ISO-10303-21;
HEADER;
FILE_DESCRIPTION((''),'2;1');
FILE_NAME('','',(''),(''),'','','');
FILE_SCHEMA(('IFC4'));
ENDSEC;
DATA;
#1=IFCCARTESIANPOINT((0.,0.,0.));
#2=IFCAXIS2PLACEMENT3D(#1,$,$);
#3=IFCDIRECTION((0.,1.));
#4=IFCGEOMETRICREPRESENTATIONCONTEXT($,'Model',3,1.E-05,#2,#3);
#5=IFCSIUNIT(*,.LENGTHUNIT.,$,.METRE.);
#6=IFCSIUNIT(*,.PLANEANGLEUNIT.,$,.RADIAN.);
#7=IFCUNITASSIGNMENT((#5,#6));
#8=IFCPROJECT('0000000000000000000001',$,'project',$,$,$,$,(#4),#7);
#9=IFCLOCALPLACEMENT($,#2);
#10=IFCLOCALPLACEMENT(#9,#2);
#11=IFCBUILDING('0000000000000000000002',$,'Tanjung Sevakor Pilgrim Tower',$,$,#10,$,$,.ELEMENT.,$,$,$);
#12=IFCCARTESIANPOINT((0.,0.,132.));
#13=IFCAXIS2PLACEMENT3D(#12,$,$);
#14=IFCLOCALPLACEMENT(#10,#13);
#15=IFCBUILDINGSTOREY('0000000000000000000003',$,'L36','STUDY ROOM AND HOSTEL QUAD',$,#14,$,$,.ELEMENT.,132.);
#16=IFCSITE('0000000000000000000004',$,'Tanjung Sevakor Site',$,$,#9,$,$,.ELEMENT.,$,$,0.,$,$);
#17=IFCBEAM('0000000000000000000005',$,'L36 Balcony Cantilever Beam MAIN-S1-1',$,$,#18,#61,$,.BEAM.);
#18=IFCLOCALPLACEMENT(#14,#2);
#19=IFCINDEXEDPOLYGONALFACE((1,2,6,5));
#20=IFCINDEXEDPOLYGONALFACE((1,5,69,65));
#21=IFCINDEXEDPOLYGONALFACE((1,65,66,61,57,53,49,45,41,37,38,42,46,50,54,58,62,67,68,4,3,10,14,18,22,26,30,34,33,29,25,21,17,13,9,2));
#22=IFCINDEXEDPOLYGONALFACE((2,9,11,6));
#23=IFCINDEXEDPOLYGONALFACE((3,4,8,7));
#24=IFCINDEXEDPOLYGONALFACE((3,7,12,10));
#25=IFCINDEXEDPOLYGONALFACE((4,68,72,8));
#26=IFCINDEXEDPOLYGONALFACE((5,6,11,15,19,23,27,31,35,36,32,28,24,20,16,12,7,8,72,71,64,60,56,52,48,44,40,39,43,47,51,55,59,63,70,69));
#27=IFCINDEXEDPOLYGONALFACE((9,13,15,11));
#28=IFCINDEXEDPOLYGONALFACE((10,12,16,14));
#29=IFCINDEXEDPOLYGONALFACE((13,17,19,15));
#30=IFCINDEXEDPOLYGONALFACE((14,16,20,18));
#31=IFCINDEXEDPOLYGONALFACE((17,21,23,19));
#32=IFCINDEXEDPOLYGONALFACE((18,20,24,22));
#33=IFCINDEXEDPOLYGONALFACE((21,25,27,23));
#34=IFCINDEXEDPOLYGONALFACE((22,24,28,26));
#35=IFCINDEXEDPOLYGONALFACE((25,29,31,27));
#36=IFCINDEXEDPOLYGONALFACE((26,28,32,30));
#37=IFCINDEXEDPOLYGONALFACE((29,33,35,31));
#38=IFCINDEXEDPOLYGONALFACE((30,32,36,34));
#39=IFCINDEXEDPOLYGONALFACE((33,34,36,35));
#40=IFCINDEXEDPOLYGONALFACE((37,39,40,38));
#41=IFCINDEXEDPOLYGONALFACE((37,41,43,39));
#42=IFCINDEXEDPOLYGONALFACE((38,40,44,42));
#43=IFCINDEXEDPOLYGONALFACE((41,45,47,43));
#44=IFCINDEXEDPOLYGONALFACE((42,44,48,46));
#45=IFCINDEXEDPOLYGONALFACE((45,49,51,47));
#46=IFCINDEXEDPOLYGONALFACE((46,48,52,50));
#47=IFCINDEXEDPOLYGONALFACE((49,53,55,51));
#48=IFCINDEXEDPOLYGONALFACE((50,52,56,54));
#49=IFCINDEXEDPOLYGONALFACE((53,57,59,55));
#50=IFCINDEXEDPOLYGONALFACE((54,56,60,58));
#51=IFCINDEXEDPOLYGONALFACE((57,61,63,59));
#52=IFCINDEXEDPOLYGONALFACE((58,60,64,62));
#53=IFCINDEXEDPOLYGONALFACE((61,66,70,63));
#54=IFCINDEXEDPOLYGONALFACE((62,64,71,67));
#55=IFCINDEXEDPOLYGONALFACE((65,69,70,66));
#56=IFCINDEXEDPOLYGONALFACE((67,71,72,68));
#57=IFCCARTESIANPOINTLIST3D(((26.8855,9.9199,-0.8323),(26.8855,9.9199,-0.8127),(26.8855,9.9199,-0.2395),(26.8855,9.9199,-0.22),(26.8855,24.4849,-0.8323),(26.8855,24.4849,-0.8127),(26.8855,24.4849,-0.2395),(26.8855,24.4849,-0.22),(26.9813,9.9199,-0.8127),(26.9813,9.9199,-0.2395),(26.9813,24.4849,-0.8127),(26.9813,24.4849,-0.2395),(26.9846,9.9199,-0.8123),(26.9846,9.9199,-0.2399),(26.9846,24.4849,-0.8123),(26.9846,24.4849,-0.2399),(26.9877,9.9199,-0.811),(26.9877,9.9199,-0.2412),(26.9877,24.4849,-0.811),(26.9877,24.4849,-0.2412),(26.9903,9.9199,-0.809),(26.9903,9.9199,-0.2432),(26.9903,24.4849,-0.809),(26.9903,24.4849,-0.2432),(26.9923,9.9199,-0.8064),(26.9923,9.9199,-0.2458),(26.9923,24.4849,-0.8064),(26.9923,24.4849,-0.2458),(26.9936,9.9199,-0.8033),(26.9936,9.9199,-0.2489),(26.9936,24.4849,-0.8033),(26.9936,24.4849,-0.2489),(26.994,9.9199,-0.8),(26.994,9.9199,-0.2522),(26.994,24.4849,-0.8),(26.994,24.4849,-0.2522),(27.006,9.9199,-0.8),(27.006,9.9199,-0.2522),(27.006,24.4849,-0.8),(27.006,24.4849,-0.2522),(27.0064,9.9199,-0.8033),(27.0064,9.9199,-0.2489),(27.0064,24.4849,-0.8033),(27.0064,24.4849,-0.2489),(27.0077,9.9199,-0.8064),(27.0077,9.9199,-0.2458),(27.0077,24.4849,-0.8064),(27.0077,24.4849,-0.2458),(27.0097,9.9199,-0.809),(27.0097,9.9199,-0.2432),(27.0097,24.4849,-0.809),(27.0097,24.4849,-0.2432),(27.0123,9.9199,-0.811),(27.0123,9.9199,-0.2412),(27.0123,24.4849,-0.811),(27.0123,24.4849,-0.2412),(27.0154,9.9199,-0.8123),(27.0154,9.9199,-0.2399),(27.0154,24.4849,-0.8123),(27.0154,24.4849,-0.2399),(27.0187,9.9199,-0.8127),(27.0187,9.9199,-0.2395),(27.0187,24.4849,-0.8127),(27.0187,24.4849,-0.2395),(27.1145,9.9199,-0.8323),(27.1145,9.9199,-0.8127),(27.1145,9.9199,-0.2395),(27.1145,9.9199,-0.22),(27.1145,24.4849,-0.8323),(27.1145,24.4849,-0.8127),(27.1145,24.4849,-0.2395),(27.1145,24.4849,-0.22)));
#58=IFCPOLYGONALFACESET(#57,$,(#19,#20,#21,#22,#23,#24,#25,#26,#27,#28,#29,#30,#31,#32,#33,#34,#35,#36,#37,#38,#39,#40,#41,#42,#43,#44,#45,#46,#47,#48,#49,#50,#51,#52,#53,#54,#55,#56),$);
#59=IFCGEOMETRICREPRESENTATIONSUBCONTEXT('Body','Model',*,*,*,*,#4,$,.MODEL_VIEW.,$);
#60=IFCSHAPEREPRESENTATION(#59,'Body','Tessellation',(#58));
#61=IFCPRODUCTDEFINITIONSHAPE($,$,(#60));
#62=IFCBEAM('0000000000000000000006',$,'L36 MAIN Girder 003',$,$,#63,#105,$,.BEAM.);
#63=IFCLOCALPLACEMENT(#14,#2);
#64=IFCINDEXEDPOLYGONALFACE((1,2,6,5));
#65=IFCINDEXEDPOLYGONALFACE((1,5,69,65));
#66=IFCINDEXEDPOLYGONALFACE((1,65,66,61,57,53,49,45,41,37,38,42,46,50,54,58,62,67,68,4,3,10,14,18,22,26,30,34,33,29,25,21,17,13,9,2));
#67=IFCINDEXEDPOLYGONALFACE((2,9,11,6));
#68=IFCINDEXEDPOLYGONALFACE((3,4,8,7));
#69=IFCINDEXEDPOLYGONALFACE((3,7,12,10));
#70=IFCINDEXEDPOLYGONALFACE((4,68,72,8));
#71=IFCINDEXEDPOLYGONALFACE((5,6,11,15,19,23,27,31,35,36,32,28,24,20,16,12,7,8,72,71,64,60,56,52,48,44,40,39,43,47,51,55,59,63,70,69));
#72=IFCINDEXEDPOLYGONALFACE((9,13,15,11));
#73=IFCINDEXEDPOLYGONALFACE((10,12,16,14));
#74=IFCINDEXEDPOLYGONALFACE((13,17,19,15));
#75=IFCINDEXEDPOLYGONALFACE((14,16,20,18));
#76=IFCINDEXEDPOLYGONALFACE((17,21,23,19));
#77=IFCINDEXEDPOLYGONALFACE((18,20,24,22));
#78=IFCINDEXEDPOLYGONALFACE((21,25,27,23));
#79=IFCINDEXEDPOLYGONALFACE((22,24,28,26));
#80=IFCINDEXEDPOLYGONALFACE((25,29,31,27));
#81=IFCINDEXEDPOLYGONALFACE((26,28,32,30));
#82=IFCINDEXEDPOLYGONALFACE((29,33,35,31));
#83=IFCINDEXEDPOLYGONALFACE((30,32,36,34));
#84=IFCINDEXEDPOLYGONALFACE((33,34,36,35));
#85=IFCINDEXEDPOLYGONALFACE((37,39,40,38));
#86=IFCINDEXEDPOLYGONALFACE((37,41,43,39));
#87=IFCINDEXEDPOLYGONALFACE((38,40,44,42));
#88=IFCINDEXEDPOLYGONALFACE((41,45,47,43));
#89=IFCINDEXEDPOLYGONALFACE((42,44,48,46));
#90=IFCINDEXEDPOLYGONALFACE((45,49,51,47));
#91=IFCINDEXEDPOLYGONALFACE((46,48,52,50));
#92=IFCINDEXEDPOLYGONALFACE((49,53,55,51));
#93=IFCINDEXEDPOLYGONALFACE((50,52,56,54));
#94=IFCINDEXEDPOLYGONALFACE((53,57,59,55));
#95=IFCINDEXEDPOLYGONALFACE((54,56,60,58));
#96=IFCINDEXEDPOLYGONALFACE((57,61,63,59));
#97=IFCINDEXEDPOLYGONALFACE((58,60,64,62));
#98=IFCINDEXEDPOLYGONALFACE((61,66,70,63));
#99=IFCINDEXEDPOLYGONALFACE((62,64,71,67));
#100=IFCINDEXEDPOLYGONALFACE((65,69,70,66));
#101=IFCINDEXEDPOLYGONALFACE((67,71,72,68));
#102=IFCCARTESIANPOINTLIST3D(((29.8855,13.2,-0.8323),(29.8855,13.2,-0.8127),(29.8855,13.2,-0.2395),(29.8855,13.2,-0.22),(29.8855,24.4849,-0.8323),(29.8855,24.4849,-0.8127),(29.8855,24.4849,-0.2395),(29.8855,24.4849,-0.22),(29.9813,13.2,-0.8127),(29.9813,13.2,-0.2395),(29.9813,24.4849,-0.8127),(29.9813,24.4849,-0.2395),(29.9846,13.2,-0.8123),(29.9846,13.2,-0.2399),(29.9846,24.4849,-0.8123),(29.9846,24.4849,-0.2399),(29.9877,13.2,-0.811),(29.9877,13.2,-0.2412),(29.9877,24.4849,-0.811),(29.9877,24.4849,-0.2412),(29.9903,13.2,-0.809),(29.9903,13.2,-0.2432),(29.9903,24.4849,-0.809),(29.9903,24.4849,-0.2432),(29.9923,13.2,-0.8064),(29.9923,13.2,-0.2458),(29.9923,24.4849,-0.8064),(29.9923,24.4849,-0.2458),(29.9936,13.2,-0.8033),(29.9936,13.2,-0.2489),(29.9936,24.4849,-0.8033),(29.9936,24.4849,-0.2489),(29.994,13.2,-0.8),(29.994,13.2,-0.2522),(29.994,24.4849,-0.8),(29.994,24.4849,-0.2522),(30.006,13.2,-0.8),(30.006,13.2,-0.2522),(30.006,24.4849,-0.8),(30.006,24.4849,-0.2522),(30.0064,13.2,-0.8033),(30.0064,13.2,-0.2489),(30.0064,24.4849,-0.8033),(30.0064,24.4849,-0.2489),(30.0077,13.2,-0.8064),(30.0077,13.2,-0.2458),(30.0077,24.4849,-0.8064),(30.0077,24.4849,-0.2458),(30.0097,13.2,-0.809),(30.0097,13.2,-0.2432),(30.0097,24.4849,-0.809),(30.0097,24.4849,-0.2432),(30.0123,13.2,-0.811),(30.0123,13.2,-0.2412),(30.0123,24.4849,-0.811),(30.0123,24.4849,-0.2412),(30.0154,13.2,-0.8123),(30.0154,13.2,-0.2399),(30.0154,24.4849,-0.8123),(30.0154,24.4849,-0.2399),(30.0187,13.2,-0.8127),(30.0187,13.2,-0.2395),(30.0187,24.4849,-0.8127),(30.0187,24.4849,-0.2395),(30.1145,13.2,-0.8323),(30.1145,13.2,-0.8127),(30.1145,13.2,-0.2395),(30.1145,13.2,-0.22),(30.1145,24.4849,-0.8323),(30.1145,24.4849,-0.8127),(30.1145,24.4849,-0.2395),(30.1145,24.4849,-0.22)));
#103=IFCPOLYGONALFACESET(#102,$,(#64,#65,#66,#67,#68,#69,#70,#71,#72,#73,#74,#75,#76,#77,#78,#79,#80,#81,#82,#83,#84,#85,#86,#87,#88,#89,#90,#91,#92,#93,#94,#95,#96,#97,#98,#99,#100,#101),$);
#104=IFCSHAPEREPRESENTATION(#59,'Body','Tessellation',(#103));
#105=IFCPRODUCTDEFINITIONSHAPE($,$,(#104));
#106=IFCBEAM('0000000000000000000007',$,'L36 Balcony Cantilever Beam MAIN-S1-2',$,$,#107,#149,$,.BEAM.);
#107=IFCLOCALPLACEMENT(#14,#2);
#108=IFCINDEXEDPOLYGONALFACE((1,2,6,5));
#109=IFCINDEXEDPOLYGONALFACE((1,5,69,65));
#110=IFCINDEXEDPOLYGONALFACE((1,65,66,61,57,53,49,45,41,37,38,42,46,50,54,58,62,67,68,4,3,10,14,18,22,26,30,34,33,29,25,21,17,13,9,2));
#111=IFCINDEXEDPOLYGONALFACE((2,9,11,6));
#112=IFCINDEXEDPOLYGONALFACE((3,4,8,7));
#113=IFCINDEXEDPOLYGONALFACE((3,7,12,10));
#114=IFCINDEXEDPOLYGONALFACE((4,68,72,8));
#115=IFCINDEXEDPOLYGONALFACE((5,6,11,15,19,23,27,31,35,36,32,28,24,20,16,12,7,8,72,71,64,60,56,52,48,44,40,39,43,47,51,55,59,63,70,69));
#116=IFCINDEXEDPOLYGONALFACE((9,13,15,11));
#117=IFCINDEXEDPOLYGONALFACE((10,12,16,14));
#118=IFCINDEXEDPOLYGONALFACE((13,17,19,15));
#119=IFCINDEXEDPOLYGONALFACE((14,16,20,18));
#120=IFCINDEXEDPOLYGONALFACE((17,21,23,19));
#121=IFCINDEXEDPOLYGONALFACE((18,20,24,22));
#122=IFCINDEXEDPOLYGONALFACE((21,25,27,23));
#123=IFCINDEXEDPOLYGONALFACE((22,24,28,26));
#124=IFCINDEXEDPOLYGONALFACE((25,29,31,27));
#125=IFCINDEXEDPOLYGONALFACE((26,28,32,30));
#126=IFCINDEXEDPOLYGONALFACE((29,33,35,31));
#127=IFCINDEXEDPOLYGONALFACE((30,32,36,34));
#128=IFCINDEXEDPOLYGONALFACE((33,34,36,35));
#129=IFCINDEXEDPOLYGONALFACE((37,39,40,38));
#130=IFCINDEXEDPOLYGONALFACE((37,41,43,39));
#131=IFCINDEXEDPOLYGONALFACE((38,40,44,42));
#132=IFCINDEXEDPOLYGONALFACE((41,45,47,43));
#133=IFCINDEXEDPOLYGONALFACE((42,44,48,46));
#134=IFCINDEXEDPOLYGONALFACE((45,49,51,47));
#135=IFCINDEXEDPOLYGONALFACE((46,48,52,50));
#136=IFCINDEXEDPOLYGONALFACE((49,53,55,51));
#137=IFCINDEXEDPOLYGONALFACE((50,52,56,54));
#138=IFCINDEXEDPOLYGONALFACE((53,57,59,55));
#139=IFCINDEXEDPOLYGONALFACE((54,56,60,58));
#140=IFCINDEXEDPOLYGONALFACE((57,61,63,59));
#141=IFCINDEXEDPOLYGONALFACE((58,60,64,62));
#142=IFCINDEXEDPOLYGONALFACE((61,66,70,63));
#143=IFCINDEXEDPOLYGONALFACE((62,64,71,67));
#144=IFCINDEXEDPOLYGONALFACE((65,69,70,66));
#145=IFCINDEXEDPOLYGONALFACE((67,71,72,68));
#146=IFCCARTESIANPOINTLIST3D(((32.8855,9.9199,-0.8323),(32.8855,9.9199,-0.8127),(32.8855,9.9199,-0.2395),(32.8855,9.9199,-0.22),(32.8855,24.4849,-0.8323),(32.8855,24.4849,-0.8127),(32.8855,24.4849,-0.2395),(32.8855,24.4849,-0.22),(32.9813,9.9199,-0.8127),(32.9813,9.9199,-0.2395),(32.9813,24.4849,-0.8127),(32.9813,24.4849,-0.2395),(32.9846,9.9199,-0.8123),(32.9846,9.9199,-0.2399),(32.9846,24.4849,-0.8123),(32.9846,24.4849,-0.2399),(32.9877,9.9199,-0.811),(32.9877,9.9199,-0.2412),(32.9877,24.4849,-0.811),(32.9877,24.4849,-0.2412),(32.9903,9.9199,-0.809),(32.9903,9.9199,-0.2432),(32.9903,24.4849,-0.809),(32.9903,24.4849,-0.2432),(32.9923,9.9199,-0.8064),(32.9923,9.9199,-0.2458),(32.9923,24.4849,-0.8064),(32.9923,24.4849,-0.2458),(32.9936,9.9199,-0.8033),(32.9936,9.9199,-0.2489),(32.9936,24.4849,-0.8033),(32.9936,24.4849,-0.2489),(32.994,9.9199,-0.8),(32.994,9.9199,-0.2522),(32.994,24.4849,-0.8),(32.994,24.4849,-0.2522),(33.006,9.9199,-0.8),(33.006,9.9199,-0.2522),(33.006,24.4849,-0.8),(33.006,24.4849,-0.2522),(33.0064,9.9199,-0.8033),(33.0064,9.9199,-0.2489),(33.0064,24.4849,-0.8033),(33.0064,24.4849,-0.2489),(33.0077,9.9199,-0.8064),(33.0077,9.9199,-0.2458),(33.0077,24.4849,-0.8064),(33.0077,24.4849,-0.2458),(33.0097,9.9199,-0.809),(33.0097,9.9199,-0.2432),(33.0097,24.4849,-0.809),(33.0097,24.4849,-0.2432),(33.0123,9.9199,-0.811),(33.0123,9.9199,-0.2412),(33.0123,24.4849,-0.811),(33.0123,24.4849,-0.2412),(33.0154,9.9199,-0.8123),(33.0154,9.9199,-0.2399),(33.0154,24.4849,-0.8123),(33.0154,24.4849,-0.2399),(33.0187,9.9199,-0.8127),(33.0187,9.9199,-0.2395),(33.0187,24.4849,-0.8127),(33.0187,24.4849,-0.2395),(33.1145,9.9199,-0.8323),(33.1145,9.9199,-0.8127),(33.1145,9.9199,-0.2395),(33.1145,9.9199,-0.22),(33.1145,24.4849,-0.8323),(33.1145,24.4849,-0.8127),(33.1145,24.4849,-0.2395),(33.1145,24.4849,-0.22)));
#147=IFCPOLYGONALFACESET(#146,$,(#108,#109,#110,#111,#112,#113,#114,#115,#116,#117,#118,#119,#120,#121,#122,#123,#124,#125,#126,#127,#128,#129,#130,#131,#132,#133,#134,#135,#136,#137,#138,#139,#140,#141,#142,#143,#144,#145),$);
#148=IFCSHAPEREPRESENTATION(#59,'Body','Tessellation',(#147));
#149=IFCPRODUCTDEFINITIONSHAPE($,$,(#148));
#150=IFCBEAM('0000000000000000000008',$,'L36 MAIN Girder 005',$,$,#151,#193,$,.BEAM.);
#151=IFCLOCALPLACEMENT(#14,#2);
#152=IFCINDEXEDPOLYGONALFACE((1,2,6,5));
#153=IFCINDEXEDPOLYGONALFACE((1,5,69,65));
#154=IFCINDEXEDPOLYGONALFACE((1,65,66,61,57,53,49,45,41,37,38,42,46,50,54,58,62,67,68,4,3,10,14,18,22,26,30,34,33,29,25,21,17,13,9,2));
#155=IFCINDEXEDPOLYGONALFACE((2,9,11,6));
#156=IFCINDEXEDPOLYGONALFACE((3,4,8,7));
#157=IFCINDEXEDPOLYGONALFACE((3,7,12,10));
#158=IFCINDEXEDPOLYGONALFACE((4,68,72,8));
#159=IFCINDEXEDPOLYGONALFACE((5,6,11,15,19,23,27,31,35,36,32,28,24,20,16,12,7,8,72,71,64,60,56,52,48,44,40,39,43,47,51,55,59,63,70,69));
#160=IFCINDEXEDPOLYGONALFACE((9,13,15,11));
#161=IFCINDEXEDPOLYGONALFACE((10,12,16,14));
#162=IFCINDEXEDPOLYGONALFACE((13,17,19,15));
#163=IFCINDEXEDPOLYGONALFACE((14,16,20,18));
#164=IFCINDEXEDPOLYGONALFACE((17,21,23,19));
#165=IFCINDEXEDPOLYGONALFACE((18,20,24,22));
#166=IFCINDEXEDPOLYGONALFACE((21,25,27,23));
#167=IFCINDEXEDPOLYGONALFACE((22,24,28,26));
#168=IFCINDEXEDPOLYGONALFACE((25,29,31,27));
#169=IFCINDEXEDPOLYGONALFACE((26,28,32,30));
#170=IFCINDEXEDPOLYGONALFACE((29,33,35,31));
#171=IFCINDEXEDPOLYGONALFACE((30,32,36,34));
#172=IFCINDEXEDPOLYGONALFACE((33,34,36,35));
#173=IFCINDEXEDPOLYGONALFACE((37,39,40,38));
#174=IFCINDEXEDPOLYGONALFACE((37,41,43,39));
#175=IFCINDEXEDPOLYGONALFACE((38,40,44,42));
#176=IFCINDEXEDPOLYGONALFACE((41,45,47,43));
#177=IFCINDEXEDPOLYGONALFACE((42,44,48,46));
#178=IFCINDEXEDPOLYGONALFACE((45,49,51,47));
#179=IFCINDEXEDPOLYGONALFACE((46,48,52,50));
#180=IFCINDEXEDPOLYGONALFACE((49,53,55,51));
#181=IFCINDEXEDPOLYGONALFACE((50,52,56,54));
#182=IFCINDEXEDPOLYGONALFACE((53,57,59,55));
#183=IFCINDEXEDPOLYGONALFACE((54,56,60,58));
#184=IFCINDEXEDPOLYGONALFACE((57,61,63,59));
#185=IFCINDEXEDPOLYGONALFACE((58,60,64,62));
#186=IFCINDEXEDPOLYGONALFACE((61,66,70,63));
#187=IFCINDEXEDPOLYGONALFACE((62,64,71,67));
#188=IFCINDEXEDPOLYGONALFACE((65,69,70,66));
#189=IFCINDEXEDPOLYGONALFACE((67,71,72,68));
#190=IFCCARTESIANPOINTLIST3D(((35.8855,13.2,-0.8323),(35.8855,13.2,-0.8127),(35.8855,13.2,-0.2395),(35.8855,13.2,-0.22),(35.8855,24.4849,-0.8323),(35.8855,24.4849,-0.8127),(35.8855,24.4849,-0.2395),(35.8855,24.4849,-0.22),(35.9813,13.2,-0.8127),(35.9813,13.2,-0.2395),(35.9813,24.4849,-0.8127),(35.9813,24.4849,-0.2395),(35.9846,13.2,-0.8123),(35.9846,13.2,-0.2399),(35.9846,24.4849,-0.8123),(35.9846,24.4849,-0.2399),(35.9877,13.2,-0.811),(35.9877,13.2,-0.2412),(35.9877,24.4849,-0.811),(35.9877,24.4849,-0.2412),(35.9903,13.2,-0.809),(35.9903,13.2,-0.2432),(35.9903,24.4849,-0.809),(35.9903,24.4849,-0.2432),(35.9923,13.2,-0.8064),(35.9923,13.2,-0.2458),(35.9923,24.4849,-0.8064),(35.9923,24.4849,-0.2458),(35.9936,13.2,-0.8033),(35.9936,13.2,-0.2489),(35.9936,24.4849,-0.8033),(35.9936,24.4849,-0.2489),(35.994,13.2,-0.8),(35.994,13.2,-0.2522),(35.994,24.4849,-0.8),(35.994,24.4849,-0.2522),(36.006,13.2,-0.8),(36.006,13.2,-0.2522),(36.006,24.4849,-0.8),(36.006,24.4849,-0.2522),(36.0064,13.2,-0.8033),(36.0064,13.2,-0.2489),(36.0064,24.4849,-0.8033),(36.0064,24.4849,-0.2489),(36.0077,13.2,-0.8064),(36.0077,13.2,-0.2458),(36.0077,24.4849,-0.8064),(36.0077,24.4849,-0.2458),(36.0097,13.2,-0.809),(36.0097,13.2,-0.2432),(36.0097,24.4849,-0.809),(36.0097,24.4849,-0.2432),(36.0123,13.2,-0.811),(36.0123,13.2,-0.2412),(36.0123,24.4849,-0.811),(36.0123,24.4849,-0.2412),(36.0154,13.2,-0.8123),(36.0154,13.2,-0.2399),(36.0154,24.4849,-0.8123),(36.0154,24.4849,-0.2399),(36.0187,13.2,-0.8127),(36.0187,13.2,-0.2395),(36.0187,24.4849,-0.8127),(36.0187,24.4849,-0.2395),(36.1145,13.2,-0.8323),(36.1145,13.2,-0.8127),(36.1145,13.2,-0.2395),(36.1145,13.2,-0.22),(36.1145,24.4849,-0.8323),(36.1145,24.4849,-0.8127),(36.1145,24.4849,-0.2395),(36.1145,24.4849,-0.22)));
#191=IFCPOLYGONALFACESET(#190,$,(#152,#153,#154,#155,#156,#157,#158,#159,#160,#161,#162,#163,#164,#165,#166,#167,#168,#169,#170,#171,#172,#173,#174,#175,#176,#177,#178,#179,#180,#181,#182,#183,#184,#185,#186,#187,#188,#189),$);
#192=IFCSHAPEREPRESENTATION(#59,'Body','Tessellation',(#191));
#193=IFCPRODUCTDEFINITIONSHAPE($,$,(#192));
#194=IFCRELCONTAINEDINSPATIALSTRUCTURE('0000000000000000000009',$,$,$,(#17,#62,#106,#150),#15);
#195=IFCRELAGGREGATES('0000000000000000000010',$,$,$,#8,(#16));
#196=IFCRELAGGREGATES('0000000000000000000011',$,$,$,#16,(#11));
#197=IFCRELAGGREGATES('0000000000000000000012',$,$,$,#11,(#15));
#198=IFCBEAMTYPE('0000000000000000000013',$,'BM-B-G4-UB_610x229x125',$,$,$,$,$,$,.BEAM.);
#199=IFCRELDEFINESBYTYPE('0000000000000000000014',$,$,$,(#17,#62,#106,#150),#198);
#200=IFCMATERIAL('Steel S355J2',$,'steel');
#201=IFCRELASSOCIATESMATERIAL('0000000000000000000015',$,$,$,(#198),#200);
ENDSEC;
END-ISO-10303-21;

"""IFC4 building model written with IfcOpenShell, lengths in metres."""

from ifc_helpers import new_model, si_unit, direction, frame, origin, origin_2d, place, context, subcontext, project, spatial, i_section, extrude, material, material_profile, profile_set, type_object, element, save


model = new_model("IFC4")

# Units and contexts
model_context = context("Model", 3, precision=1e-05, world=origin(), true_north=direction((0.0, 1.0)))
body_context = subcontext(model_context, "Body", "Model", "MODEL_VIEW")
ifc_project = project(units=[si_unit("LENGTHUNIT", "METRE"), si_unit("PLANEANGLEUNIT", "RADIAN")], contexts=[model_context])

# Site, building, storey
site_placement = place(None, origin())
site = spatial("IfcSite", under=ifc_project, at=site_placement, Name="Tanjung Sevakor Site", CompositionType="ELEMENT", RefElevation=0.0)
building_placement = place(site_placement, origin())
building = spatial("IfcBuilding", under=site, at=building_placement, Name="Tanjung Sevakor Pilgrim Tower", CompositionType="ELEMENT")
storey_placement = place(building_placement, frame((0.0, 0.0, 132.0)))
storey = spatial("IfcBuildingStorey", under=building, at=storey_placement, Name="L36", Description="STUDY ROOM AND HOSTEL QUAD", CompositionType="ELEMENT", Elevation=132.0)

# Beams
ifc_material_1 = material(Name="Steel S355J2", Category="steel")
ifc_material_profile_1 = material_profile(ifc_material_1, i_section(OverallWidth=0.229, OverallDepth=0.6123, WebThickness=0.012, FlangeThickness=0.0195, FilletRadius=0.0127, at=origin_2d()))
ifc_profile_set_1 = profile_set([ifc_material_profile_1], Name="Steel S355J2")
beam_type_1 = type_object("IfcBeamType", Name="BM-B-G4-UB_610x229x125", PredefinedType="BEAM", material=ifc_profile_set_1)
beam_1_placement = place(storey_placement, frame((27.0, 24.4849, -0.5261), z_axis=(0.0, -1.0, 0.0), x_axis=(1.0, 0.0, 0.0)))
element("IfcBeam", 1, at=beam_1_placement, inside=storey, type_object=beam_type_1, Name="L36 Balcony Cantilever Beam MAIN-S1-1", PredefinedType="BEAM", context=body_context, shape_type="SweptSolid", body=[
    extrude(i_section(OverallWidth=0.229, OverallDepth=0.6123, WebThickness=0.012, FlangeThickness=0.0195, FilletRadius=0.0127, at=origin_2d()), origin(), (0.0, 0.0, 1.0), 14.5649),
])
beam_2_placement = place(storey_placement, frame((30.0, 13.2, -0.5261), z_axis=(0.0, 1.0, 0.0), x_axis=(-1.0, 0.0, 0.0)))
element("IfcBeam", 2, at=beam_2_placement, inside=storey, type_object=beam_type_1, Name="L36 MAIN Girder 003", PredefinedType="BEAM", context=body_context, shape_type="SweptSolid", body=[
    extrude(i_section(OverallWidth=0.229, OverallDepth=0.6123, WebThickness=0.012, FlangeThickness=0.0195, FilletRadius=0.0127, at=origin_2d()), origin(), (0.0, 0.0, 1.0), 11.2849),
])
beam_3_placement = place(storey_placement, frame((33.0, 24.4849, -0.5261), z_axis=(0.0, -1.0, 0.0), x_axis=(1.0, 0.0, 0.0)))
element("IfcBeam", 3, at=beam_3_placement, inside=storey, type_object=beam_type_1, Name="L36 Balcony Cantilever Beam MAIN-S1-2", PredefinedType="BEAM", context=body_context, shape_type="SweptSolid", body=[
    extrude(i_section(OverallWidth=0.229, OverallDepth=0.6123, WebThickness=0.012, FlangeThickness=0.0195, FilletRadius=0.0127, at=origin_2d()), origin(), (0.0, 0.0, 1.0), 14.5649),
])
beam_4_placement = place(storey_placement, frame((36.0, 13.2, -0.5261), z_axis=(0.0, 1.0, 0.0), x_axis=(-1.0, 0.0, 0.0)))
element("IfcBeam", 4, at=beam_4_placement, inside=storey, type_object=beam_type_1, Name="L36 MAIN Girder 005", PredefinedType="BEAM", context=body_context, shape_type="SweptSolid", body=[
    extrude(i_section(OverallWidth=0.229, OverallDepth=0.6123, WebThickness=0.012, FlangeThickness=0.0195, FilletRadius=0.0127, at=origin_2d()), origin(), (0.0, 0.0, 1.0), 11.2849),
])

save(model, "model.ifc")
